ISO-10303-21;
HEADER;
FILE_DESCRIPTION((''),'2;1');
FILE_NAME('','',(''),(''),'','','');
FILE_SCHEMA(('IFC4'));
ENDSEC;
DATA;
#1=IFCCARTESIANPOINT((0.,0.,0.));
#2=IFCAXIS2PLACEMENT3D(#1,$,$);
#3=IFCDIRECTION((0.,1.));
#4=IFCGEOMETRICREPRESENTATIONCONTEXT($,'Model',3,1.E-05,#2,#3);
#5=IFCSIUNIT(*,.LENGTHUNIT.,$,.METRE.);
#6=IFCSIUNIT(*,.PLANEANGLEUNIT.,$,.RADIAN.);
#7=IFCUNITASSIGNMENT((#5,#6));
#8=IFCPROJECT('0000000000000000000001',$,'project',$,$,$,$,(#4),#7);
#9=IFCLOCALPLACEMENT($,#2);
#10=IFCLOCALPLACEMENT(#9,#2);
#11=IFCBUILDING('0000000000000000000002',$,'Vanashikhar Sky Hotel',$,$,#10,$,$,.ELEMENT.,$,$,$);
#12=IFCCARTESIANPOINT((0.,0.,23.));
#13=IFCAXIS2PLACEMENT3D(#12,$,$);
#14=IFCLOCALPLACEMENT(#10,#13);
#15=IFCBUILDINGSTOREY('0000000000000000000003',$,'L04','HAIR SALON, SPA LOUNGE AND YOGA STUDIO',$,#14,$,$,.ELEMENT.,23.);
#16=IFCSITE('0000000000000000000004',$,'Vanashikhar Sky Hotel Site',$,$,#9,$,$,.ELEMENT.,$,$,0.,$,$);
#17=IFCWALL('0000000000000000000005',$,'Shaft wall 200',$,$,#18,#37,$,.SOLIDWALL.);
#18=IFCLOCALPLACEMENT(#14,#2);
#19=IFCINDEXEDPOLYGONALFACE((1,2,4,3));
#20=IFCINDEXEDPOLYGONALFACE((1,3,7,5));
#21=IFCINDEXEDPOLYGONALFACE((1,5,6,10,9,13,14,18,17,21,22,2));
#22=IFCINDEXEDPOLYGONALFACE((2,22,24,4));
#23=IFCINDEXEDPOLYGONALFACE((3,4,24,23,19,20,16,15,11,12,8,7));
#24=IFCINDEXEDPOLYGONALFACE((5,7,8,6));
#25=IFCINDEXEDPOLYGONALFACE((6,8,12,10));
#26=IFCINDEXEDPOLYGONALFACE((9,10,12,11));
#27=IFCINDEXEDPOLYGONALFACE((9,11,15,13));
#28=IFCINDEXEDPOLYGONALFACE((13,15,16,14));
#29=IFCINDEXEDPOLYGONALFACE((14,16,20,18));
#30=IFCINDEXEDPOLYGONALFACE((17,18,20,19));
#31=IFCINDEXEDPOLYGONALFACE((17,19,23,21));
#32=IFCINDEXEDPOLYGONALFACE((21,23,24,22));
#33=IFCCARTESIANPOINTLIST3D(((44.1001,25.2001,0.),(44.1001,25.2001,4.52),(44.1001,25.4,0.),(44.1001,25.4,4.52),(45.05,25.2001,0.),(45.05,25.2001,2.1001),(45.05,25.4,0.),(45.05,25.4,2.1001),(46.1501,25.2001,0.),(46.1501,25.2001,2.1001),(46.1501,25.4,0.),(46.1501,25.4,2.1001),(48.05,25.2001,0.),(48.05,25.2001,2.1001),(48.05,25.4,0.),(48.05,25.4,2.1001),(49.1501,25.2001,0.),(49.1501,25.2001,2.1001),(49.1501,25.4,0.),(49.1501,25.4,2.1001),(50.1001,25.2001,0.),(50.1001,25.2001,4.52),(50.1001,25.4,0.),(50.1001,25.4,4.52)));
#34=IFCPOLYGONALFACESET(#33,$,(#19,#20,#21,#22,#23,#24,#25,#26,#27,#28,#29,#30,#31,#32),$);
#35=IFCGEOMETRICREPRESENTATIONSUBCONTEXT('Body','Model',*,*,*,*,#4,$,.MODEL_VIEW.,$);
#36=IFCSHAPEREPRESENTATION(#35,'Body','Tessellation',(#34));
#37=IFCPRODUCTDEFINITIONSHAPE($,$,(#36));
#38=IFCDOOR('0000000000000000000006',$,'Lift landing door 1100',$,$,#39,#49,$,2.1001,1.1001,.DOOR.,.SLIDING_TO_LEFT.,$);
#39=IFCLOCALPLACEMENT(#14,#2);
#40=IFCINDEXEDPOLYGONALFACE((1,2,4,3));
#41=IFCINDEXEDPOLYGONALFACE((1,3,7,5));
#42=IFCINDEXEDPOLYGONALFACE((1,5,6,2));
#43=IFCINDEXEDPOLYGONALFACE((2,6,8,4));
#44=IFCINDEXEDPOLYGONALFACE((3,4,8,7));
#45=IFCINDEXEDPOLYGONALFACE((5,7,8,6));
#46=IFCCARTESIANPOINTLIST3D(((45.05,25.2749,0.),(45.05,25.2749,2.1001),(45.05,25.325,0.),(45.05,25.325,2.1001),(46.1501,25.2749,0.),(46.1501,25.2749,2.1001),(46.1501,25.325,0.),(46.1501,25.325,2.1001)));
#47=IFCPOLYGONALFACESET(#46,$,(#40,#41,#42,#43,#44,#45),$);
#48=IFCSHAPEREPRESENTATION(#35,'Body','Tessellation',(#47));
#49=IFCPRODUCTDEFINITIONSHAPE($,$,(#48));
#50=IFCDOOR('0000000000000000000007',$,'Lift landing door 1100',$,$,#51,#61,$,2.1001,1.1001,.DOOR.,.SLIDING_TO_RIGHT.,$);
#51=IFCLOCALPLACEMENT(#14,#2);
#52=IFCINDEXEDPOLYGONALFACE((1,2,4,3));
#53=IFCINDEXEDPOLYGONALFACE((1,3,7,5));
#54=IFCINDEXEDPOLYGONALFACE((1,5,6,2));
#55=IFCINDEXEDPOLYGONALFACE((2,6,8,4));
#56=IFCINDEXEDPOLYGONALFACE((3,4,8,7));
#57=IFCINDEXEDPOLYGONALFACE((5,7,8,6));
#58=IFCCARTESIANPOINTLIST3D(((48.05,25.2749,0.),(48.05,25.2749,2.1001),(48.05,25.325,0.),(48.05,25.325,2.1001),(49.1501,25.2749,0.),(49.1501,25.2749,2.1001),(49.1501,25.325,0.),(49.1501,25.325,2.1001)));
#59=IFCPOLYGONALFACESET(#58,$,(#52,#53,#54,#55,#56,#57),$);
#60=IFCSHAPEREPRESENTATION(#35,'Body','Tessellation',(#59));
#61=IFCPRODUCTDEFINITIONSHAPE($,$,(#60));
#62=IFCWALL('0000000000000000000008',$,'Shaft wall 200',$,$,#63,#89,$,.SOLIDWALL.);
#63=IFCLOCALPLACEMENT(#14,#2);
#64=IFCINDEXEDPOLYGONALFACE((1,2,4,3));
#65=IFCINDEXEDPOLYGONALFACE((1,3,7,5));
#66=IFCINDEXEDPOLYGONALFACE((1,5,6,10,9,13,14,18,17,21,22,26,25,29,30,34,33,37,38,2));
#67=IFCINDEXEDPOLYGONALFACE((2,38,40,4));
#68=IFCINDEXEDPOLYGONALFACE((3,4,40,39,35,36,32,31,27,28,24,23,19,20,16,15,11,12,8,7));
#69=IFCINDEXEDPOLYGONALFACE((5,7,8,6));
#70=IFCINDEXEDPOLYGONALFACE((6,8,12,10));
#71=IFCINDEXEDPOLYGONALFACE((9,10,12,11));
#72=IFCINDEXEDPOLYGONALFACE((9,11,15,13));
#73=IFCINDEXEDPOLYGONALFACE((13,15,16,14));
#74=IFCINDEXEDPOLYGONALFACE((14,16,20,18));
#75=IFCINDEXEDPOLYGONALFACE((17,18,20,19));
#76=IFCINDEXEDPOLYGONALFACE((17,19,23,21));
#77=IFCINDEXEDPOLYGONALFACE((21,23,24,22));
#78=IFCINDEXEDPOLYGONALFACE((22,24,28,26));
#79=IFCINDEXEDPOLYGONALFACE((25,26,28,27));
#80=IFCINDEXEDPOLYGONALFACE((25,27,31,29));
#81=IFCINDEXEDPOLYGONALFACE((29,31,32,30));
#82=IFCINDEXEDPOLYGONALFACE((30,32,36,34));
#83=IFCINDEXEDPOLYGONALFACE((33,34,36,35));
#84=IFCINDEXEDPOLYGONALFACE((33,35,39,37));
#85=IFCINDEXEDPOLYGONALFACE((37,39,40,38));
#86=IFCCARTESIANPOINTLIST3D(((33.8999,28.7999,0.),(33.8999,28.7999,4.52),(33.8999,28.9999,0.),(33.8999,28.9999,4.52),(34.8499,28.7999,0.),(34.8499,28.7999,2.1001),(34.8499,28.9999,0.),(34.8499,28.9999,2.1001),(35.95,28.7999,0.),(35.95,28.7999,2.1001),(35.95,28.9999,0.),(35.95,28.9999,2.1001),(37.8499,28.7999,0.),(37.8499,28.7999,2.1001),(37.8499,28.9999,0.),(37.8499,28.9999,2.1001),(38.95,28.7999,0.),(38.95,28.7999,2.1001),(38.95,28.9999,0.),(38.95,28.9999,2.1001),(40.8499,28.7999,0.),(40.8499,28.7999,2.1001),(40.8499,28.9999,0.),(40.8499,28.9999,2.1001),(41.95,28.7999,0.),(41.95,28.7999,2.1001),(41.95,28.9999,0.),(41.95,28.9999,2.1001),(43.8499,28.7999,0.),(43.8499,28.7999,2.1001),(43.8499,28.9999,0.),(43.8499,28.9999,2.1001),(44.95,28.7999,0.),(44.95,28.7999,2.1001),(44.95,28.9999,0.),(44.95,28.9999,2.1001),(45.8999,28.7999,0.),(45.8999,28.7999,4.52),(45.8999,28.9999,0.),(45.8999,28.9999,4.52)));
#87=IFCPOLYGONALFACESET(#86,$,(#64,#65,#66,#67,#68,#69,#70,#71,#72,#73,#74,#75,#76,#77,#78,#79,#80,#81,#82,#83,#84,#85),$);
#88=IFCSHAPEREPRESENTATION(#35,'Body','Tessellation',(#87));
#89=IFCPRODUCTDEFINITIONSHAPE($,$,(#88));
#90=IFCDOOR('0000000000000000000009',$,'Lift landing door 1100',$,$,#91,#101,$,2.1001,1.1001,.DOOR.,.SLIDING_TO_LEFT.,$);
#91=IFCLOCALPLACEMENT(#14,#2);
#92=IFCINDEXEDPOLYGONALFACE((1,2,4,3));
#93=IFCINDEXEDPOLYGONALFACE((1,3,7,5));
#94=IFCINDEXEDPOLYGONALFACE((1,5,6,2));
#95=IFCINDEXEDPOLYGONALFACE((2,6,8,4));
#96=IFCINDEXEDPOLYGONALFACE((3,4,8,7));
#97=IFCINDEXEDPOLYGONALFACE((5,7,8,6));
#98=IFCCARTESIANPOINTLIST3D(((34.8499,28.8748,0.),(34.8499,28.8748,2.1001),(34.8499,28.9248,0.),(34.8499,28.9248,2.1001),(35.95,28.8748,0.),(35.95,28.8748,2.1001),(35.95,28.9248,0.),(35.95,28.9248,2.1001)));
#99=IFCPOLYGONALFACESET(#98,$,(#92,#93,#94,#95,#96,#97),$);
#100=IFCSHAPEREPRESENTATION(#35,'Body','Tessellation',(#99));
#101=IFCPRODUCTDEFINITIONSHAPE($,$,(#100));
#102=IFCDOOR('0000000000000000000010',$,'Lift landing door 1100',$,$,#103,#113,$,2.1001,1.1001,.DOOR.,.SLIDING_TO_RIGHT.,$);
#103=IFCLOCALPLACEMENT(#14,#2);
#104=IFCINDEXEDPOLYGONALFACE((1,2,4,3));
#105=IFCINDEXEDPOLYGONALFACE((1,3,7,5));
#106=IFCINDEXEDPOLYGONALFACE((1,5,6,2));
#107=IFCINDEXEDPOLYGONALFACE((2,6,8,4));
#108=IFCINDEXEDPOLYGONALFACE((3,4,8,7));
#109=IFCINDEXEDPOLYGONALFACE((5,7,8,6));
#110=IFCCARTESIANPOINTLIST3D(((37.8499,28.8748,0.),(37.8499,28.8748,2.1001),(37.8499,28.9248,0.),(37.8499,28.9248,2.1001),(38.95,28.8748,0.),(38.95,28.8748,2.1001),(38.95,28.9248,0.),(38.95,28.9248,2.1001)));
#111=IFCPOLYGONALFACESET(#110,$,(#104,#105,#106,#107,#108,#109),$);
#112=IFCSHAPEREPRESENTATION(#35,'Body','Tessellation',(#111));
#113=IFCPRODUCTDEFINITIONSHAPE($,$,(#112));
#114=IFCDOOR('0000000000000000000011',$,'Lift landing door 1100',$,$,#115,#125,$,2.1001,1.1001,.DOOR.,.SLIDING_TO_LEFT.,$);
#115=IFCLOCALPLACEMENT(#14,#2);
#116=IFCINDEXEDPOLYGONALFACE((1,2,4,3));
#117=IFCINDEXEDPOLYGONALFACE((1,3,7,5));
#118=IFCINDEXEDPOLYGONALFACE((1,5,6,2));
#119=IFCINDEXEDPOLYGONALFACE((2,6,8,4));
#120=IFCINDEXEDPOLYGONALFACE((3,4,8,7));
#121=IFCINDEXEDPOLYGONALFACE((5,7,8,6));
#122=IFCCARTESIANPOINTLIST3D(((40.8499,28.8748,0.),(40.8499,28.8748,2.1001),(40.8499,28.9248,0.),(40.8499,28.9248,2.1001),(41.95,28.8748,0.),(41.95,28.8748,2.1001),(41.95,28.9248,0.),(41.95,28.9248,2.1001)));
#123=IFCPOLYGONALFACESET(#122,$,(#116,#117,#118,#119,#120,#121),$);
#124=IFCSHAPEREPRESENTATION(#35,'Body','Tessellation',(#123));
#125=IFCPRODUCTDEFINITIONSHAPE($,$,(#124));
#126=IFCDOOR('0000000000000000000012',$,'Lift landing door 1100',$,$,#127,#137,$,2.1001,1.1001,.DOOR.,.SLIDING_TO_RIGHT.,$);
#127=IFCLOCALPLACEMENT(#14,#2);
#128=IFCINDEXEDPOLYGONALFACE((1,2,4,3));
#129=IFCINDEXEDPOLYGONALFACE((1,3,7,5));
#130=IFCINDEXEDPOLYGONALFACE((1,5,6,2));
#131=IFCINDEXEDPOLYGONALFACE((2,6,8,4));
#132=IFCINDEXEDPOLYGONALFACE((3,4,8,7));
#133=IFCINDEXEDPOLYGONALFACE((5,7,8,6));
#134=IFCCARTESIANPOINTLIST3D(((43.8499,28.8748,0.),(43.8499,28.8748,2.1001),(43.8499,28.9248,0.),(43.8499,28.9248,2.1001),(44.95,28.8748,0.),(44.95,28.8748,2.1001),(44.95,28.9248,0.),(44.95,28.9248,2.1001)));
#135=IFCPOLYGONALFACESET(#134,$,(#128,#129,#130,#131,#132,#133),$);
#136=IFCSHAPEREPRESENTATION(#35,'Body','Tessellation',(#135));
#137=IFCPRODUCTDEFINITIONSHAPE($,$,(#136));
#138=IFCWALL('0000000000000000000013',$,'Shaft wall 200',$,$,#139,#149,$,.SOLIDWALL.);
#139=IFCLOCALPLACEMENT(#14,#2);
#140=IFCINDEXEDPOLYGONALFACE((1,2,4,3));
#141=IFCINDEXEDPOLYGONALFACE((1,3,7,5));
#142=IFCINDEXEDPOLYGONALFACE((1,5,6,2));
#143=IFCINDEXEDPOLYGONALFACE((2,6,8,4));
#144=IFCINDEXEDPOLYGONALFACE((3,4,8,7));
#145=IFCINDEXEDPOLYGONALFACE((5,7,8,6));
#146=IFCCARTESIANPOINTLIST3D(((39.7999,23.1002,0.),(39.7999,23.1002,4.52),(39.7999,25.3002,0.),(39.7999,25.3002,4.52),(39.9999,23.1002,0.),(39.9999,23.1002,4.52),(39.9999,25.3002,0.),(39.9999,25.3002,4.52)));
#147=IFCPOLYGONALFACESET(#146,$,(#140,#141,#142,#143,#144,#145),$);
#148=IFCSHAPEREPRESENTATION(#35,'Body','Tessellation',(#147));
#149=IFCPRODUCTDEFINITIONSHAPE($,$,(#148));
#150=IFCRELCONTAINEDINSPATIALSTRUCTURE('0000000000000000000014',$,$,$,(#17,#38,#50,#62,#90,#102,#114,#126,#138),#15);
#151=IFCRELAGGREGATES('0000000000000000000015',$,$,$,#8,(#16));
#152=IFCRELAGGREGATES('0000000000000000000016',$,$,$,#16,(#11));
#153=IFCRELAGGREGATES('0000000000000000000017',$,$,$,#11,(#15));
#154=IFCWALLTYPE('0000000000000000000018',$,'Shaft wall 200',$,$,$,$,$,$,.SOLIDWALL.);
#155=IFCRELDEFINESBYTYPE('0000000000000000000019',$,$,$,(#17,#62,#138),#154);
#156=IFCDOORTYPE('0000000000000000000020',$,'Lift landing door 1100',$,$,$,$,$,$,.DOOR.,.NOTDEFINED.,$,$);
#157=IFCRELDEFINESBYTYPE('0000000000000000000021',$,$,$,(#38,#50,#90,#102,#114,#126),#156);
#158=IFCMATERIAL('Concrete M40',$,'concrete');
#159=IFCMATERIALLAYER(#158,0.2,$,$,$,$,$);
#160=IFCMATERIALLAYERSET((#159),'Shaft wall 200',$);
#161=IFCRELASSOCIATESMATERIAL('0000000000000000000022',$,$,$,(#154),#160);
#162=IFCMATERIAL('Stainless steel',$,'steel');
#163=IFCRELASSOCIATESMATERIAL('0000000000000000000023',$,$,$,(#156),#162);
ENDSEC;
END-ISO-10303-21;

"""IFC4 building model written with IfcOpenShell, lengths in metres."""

from ifc_helpers import new_model, si_unit, direction, frame, frame_2d, origin, place, context, subcontext, project, spatial, rectangle, extrude, source, transform, mapped, material, layer, layer_set, type_object, element, fill, save


model = new_model("IFC4")

# Units and contexts
model_context = context("Model", 3, precision=1e-05, world=origin(), true_north=direction((0.0, 1.0)))
body_context = subcontext(model_context, "Body", "Model", "MODEL_VIEW")
ifc_project = project(units=[si_unit("LENGTHUNIT", "METRE"), si_unit("PLANEANGLEUNIT", "RADIAN")], contexts=[model_context])

# Site, building, storey
site_placement = place(None, origin())
site = spatial("IfcSite", under=ifc_project, at=site_placement, Name="Vanashikhar Sky Hotel Site", CompositionType="ELEMENT", RefElevation=0.0)
building_placement = place(site_placement, origin())
building = spatial("IfcBuilding", under=site, at=building_placement, Name="Vanashikhar Sky Hotel", CompositionType="ELEMENT")
storey_placement = place(building_placement, frame((0.0, 0.0, 23.0)))
storey = spatial("IfcBuildingStorey", under=building, at=storey_placement, Name="L04", Description="HAIR SALON, SPA LOUNGE AND YOGA STUDIO", CompositionType="ELEMENT", Elevation=23.0)

# Shared definitions
shared_shape_1 = source(origin(), body_context, "Body", "SweptSolid", [
    extrude(rectangle(XDim=1.1001, YDim=2.1001, at=frame_2d((0.55, 1.05))), frame((0.0, 0.0249, 0.0), z_axis=(0.0, -1.0, 0.0), x_axis=(1.0, 0.0, 0.0)), (0.0, 0.0, 1.0), 0.05),
])

# Walls, openings, doors
ifc_material_1 = material(Name="Concrete M40", Category="concrete")
ifc_layer_1 = layer(ifc_material_1, 0.2)
ifc_layer_set_1 = layer_set([ifc_layer_1], Name="Shaft wall 200")
wall_type_1 = type_object("IfcWallType", Name="Shaft wall 200", PredefinedType="SOLIDWALL", material=ifc_layer_set_1)
shared_shape_2 = source(origin(), body_context, "Body", "SweptSolid", [
    extrude(rectangle(XDim=6.0, YDim=0.2, at=frame_2d((3.0, 0.0))), origin(), (0.0, 0.0, 1.0), 4.52),
])
shared_shape_3 = source(origin(), body_context, "Body", "SweptSolid", [
    extrude(rectangle(XDim=1.1001, YDim=2.1001, at=frame_2d((0.55, 1.05))), frame((0.0, 0.1099, 0.0), z_axis=(0.0, -1.0, 0.0), x_axis=(1.0, 0.0, 0.0)), (0.0, 0.0, 1.0), 0.22),
])
ifc_material_2 = material(Name="Stainless steel", Category="steel")
door_type_1 = type_object("IfcDoorType", Name="Lift landing door 1100", OperationType="NOTDEFINED", PredefinedType="DOOR", material=ifc_material_2)
wall_1_placement = place(storey_placement, frame((44.1001, 25.3, 0.0), z_axis=(0.0, 0.0, 1.0), x_axis=(1.0, 0.0, 0.0)))
wall_1 = element("IfcWall", 1, at=wall_1_placement, inside=storey, type_object=wall_type_1, Name="Shaft wall 200", PredefinedType="SOLIDWALL", context=body_context, shape_type="MappedRepresentation", body=[
    mapped(shared_shape_2, transform((0.0, 0.0, 0.0), scale=1.0)),
])
opening_1_placement = place(wall_1_placement, frame((0.95, 0.0, 0.0)))
opening_1 = element("IfcOpeningElement", 2, at=opening_1_placement, cuts=wall_1, PredefinedType="OPENING", context=body_context, shape_type="MappedRepresentation", body=[
    mapped(shared_shape_3, transform((0.0, 0.0, 0.0), scale=1.0)),
])
opening_2_placement = place(wall_1_placement, frame((3.95, 0.0, 0.0)))
opening_2 = element("IfcOpeningElement", 3, at=opening_2_placement, cuts=wall_1, PredefinedType="OPENING", context=body_context, shape_type="MappedRepresentation", body=[
    mapped(shared_shape_3, transform((0.0, 0.0, 0.0), scale=1.0)),
])
door_1_placement = place(opening_1_placement, origin())
door_1 = element("IfcDoor", 4, at=door_1_placement, inside=storey, type_object=door_type_1, Name="Lift landing door 1100", OperationType="SLIDING_TO_LEFT", OverallHeight=2.1001, OverallWidth=1.1001, PredefinedType="DOOR", context=body_context, shape_type="MappedRepresentation", body=[
    mapped(shared_shape_1, transform((0.0, 0.0, 0.0), scale=1.0)),
])
fill(opening_1, door_1)
door_2_placement = place(opening_2_placement, origin())
door_2 = element("IfcDoor", 5, at=door_2_placement, inside=storey, type_object=door_type_1, Name="Lift landing door 1100", OperationType="SLIDING_TO_RIGHT", OverallHeight=2.1001, OverallWidth=1.1001, PredefinedType="DOOR", context=body_context, shape_type="MappedRepresentation", body=[
    mapped(shared_shape_1, transform((0.0, 0.0, 0.0), scale=1.0)),
])
fill(opening_2, door_2)
shared_shape_4 = source(origin(), body_context, "Body", "SweptSolid", [
    extrude(rectangle(XDim=12.0, YDim=0.2, at=frame_2d((6.0, 0.0))), origin(), (0.0, 0.0, 1.0), 4.52),
])
wall_2_placement = place(storey_placement, frame((33.8999, 28.8999, 0.0), z_axis=(0.0, 0.0, 1.0), x_axis=(1.0, 0.0, 0.0)))
wall_2 = element("IfcWall", 6, at=wall_2_placement, inside=storey, type_object=wall_type_1, Name="Shaft wall 200", PredefinedType="SOLIDWALL", context=body_context, shape_type="MappedRepresentation", body=[
    mapped(shared_shape_4, transform((0.0, 0.0, 0.0), scale=1.0)),
])
opening_3_placement = place(wall_2_placement, frame((0.95, 0.0, 0.0)))
opening_3 = element("IfcOpeningElement", 7, at=opening_3_placement, cuts=wall_2, PredefinedType="OPENING", context=body_context, shape_type="MappedRepresentation", body=[
    mapped(shared_shape_3, transform((0.0, 0.0, 0.0), scale=1.0)),
])
opening_4_placement = place(wall_2_placement, frame((3.95, 0.0, 0.0)))
opening_4 = element("IfcOpeningElement", 8, at=opening_4_placement, cuts=wall_2, PredefinedType="OPENING", context=body_context, shape_type="MappedRepresentation", body=[
    mapped(shared_shape_3, transform((0.0, 0.0, 0.0), scale=1.0)),
])
opening_5_placement = place(wall_2_placement, frame((6.95, 0.0, 0.0)))
opening_5 = element("IfcOpeningElement", 9, at=opening_5_placement, cuts=wall_2, PredefinedType="OPENING", context=body_context, shape_type="MappedRepresentation", body=[
    mapped(shared_shape_3, transform((0.0, 0.0, 0.0), scale=1.0)),
])
opening_6_placement = place(wall_2_placement, frame((9.95, 0.0, 0.0)))
opening_6 = element("IfcOpeningElement", 10, at=opening_6_placement, cuts=wall_2, PredefinedType="OPENING", context=body_context, shape_type="MappedRepresentation", body=[
    mapped(shared_shape_3, transform((0.0, 0.0, 0.0), scale=1.0)),
])
door_3_placement = place(opening_3_placement, origin())
door_3 = element("IfcDoor", 11, at=door_3_placement, inside=storey, type_object=door_type_1, Name="Lift landing door 1100", OperationType="SLIDING_TO_LEFT", OverallHeight=2.1001, OverallWidth=1.1001, PredefinedType="DOOR", context=body_context, shape_type="MappedRepresentation", body=[
    mapped(shared_shape_1, transform((0.0, 0.0, 0.0), scale=1.0)),
])
fill(opening_3, door_3)
door_4_placement = place(opening_4_placement, origin())
door_4 = element("IfcDoor", 12, at=door_4_placement, inside=storey, type_object=door_type_1, Name="Lift landing door 1100", OperationType="SLIDING_TO_RIGHT", OverallHeight=2.1001, OverallWidth=1.1001, PredefinedType="DOOR", context=body_context, shape_type="MappedRepresentation", body=[
    mapped(shared_shape_1, transform((0.0, 0.0, 0.0), scale=1.0)),
])
fill(opening_4, door_4)
door_5_placement = place(opening_5_placement, origin())
door_5 = element("IfcDoor", 13, at=door_5_placement, inside=storey, type_object=door_type_1, Name="Lift landing door 1100", OperationType="SLIDING_TO_LEFT", OverallHeight=2.1001, OverallWidth=1.1001, PredefinedType="DOOR", context=body_context, shape_type="MappedRepresentation", body=[
    mapped(shared_shape_1, transform((0.0, 0.0, 0.0), scale=1.0)),
])
fill(opening_5, door_5)
door_6_placement = place(opening_6_placement, origin())
door_6 = element("IfcDoor", 14, at=door_6_placement, inside=storey, type_object=door_type_1, Name="Lift landing door 1100", OperationType="SLIDING_TO_RIGHT", OverallHeight=2.1001, OverallWidth=1.1001, PredefinedType="DOOR", context=body_context, shape_type="MappedRepresentation", body=[
    mapped(shared_shape_1, transform((0.0, 0.0, 0.0), scale=1.0)),
])
fill(opening_6, door_6)

# Wall
shared_shape_5 = source(origin(), body_context, "Body", "SweptSolid", [
    extrude(rectangle(XDim=2.2, YDim=0.2, at=frame_2d((1.1001, 0.0))), origin(), (0.0, 0.0, 1.0), 4.52),
])
wall_3_placement = place(storey_placement, frame((39.8999, 23.1001, 0.0), z_axis=(0.0, 0.0, 1.0), x_axis=(0.0, 1.0, 0.0)))
element("IfcWall", 15, at=wall_3_placement, inside=storey, type_object=wall_type_1, Name="Shaft wall 200", PredefinedType="SOLIDWALL", context=body_context, shape_type="MappedRepresentation", body=[
    mapped(shared_shape_5, transform((0.0, 0.0, 0.0), scale=1.0)),
])

save(model, "model.ifc")
